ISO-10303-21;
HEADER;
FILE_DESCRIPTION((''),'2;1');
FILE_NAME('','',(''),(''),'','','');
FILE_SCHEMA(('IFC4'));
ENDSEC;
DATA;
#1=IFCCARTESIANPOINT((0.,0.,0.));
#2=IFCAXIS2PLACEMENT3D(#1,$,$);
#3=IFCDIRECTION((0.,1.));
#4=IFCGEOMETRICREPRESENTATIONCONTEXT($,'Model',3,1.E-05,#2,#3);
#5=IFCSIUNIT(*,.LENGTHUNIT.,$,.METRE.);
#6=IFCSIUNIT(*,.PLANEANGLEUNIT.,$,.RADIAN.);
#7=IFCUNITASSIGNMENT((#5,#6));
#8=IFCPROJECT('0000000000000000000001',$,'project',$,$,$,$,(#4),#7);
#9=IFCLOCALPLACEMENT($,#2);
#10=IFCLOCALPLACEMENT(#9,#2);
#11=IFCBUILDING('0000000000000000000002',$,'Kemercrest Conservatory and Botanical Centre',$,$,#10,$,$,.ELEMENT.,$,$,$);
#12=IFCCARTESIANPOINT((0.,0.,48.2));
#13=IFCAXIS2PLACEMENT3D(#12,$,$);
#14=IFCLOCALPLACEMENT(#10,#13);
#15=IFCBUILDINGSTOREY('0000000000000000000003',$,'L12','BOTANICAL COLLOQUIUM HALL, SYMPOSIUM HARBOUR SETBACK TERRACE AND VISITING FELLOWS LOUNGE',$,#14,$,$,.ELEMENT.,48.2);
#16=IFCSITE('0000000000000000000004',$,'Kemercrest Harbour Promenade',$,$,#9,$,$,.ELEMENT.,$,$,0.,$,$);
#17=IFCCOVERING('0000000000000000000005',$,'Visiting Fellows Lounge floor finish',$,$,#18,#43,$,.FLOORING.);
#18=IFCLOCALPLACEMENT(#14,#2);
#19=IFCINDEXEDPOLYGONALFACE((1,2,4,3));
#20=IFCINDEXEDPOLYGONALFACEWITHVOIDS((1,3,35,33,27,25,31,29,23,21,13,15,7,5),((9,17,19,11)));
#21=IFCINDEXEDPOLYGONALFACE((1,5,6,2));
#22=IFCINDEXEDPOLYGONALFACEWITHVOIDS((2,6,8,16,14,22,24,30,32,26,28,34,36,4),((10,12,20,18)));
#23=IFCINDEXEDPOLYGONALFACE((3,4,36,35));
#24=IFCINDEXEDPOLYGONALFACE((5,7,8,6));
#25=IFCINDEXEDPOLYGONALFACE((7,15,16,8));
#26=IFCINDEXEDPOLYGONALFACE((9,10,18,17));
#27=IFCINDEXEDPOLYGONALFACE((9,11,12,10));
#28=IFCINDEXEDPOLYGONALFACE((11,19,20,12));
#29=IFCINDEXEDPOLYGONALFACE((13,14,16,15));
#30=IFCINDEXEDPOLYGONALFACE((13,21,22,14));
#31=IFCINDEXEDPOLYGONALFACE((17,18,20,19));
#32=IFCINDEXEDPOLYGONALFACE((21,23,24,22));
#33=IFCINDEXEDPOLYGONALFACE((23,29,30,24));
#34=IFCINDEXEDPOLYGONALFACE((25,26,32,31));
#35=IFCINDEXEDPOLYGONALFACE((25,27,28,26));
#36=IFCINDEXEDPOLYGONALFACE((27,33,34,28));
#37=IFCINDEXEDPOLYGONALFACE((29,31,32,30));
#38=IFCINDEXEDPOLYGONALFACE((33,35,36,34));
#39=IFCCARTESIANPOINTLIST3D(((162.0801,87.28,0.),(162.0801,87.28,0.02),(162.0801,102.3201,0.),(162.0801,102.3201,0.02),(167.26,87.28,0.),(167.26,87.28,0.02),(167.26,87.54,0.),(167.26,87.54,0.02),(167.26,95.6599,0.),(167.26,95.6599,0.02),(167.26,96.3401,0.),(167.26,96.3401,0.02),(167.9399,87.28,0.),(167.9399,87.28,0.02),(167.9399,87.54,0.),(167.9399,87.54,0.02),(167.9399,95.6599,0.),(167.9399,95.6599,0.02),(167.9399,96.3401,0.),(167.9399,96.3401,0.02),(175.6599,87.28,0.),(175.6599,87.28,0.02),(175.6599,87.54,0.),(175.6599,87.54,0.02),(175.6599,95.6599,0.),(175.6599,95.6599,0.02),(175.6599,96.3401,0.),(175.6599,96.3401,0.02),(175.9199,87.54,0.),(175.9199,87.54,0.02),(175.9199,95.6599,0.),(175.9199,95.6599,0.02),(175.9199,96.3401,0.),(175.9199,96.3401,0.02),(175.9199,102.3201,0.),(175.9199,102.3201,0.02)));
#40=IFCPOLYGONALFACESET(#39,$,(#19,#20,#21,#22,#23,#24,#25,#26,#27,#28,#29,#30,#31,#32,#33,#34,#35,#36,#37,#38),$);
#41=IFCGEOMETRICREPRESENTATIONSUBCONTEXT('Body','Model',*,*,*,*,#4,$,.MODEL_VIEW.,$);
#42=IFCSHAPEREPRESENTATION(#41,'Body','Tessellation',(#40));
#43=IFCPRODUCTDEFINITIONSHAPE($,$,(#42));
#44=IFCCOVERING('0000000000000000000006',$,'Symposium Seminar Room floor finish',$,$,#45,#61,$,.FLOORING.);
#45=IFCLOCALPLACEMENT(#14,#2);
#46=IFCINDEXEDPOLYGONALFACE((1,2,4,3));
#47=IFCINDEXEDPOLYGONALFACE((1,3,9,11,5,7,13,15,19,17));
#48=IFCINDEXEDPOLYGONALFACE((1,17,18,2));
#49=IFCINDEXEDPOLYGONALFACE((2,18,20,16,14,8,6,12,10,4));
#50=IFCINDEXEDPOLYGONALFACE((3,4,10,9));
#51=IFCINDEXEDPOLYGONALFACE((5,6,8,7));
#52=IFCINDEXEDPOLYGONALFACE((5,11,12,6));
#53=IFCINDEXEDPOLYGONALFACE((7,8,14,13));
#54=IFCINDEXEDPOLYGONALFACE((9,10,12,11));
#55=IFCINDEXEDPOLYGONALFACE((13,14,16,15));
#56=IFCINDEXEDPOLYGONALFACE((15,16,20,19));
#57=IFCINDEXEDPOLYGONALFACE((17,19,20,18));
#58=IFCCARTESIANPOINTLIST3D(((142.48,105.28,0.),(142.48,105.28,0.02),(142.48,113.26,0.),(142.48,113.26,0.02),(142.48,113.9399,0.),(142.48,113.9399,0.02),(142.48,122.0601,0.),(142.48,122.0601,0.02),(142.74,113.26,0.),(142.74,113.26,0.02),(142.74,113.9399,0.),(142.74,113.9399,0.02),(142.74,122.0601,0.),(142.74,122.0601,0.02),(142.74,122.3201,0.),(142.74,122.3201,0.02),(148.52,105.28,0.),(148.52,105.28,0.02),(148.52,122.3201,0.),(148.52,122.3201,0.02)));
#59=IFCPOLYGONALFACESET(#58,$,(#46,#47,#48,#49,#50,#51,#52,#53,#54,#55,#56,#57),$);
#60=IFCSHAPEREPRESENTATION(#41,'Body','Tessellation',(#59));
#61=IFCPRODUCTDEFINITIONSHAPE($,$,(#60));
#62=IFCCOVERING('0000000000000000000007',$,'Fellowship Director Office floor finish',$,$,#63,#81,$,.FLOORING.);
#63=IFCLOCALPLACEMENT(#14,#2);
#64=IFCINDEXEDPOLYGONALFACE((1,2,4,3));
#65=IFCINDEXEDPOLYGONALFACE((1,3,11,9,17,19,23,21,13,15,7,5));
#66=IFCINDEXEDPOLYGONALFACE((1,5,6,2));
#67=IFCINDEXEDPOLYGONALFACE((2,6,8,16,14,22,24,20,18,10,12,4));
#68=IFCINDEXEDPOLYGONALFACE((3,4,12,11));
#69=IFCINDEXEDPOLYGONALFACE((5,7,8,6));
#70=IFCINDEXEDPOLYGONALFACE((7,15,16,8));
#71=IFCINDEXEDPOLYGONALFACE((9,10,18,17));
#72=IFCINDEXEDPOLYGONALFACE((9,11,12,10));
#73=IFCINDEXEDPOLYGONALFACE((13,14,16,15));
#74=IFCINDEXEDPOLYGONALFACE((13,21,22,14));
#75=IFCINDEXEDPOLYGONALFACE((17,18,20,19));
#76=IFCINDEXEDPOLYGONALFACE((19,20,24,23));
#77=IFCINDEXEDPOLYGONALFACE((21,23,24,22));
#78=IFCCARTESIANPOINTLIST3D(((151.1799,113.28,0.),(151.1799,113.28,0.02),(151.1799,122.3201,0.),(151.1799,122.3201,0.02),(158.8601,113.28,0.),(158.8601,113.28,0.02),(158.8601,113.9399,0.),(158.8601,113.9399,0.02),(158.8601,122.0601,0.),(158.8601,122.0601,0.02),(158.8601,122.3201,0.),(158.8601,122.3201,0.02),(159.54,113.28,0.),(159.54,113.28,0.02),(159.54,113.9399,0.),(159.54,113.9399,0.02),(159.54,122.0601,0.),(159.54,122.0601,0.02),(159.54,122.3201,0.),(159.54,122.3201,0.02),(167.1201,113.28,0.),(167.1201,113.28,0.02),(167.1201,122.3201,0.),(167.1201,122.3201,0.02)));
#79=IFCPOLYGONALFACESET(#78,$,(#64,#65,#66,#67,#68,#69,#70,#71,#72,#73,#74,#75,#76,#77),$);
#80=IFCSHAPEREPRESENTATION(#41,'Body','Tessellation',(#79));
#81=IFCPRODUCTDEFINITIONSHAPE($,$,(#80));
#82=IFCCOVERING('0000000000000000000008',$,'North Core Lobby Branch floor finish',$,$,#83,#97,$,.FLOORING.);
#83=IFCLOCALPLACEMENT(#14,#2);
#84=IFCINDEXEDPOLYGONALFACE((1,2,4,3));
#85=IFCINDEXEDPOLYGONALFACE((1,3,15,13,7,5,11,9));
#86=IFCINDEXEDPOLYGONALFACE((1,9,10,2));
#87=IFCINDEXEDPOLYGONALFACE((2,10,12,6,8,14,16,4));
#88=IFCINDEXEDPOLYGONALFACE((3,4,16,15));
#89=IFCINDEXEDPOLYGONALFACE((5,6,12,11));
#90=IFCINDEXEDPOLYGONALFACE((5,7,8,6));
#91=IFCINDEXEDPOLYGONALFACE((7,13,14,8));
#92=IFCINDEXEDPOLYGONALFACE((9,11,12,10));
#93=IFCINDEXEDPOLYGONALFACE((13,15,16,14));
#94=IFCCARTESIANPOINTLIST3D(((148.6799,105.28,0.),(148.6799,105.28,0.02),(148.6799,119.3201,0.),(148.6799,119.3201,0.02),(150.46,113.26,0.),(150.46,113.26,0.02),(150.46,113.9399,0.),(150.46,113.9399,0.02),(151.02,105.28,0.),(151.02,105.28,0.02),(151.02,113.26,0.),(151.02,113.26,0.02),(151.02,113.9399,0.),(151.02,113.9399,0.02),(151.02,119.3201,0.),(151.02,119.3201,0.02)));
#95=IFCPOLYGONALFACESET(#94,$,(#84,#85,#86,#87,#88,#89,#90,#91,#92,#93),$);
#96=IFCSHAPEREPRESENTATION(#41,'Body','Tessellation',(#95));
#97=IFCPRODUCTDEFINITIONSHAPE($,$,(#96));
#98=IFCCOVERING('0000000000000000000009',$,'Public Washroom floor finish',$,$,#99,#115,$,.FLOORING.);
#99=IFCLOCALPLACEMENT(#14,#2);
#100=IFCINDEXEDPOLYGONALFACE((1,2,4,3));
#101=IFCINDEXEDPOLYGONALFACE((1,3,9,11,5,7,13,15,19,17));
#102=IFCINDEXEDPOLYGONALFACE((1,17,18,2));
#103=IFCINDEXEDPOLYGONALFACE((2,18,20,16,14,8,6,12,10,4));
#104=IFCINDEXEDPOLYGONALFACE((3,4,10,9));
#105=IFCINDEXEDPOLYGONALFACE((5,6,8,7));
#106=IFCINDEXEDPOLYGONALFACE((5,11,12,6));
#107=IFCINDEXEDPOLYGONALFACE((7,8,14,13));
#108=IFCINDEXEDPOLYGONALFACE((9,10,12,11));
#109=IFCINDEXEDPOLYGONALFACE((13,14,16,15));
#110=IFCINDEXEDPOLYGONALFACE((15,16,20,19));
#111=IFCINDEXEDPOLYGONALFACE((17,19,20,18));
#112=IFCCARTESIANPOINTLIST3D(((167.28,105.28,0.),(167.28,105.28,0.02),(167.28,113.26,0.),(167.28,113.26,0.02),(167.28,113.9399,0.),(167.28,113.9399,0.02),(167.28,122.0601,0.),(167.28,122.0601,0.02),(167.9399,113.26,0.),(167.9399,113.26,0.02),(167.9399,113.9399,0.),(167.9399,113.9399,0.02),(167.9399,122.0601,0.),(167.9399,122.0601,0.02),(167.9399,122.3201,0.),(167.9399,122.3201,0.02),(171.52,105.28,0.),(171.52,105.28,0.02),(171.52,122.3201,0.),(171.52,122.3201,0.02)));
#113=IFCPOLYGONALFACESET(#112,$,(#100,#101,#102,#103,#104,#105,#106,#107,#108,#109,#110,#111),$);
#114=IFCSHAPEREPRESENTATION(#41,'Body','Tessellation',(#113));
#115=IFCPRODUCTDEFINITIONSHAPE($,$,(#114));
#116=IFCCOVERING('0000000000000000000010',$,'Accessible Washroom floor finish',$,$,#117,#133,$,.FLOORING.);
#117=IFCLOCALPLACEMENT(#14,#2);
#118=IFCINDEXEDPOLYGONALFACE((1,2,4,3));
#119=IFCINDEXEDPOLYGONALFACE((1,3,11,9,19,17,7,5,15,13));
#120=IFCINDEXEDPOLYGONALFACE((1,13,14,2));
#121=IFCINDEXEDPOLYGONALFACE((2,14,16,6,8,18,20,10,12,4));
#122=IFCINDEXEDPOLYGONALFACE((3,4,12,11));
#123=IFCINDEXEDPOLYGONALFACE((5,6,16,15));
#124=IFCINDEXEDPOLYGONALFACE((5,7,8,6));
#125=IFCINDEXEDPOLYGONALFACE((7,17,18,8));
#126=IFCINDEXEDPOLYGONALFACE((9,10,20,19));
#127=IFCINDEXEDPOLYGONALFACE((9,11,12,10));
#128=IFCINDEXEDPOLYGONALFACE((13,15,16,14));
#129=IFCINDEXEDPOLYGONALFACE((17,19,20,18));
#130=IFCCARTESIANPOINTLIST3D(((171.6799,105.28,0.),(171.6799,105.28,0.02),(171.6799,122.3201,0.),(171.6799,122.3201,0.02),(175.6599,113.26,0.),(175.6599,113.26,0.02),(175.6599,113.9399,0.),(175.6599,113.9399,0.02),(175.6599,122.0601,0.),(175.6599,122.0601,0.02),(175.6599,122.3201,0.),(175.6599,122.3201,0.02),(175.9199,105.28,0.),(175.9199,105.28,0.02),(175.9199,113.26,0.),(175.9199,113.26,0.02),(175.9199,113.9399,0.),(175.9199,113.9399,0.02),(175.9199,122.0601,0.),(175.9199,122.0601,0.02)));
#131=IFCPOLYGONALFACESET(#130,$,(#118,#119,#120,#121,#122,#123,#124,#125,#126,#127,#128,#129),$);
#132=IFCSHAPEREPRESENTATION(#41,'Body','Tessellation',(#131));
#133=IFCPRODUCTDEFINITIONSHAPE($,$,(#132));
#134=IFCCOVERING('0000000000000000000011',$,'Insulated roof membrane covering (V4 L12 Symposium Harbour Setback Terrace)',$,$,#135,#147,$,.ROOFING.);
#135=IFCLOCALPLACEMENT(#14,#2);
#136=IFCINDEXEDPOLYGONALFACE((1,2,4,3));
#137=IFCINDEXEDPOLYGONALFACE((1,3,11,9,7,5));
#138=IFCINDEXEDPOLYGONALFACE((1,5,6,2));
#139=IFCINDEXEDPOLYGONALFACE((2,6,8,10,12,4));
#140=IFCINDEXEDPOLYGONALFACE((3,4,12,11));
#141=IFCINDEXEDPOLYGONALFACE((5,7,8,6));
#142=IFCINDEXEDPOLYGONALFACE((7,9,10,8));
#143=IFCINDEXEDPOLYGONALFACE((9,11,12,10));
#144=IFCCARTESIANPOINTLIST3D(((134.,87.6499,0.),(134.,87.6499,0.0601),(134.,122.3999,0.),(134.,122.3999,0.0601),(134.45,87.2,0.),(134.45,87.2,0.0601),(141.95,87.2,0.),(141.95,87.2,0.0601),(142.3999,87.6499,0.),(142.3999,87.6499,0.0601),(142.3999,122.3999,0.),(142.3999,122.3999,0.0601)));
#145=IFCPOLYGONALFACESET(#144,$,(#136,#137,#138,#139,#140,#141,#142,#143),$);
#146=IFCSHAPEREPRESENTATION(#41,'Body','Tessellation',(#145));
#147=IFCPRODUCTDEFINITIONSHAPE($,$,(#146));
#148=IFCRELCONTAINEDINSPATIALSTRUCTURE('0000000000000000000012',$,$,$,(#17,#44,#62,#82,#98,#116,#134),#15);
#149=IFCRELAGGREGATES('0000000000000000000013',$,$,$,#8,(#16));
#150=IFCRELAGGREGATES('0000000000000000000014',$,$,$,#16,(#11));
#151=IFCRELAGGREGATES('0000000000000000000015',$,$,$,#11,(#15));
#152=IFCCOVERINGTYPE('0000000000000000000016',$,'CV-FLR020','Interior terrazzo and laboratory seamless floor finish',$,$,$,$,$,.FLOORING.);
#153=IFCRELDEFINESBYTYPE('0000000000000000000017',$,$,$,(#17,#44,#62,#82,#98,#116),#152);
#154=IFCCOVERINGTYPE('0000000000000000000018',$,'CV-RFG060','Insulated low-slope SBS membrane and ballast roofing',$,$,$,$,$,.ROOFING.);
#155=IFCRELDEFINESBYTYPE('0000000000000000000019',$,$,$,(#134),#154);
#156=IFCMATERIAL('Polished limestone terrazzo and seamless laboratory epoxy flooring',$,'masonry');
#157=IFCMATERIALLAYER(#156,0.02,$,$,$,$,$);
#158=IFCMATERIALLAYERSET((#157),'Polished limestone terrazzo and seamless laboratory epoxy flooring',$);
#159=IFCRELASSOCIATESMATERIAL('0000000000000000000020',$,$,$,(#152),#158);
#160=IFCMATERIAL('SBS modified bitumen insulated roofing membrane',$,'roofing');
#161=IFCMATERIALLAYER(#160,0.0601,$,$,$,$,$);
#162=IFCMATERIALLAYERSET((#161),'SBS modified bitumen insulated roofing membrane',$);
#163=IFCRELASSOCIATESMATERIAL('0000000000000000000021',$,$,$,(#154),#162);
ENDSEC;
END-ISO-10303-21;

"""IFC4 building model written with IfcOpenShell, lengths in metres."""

from ifc_helpers import new_model, si_unit, direction, frame, origin, place, context, subcontext, project, spatial, polyline, outline, extrude, material, layer, layer_set, type_object, element, save


model = new_model("IFC4")

# Units and contexts
model_context = context("Model", 3, precision=1e-05, world=origin(), true_north=direction((0.0, 1.0)))
body_context = subcontext(model_context, "Body", "Model", "MODEL_VIEW")
ifc_project = project(units=[si_unit("LENGTHUNIT", "METRE"), si_unit("PLANEANGLEUNIT", "RADIAN")], contexts=[model_context])

# Site, building, storey
site_placement = place(None, origin())
site = spatial("IfcSite", under=ifc_project, at=site_placement, Name="Kemercrest Harbour Promenade", CompositionType="ELEMENT", RefElevation=0.0)
building_placement = place(site_placement, origin())
building = spatial("IfcBuilding", under=site, at=building_placement, Name="Kemercrest Conservatory and Botanical Centre", CompositionType="ELEMENT")
storey_placement = place(building_placement, frame((0.0, 0.0, 48.2)))
storey = spatial("IfcBuildingStorey", under=building, at=storey_placement, Name="L12", Description="BOTANICAL COLLOQUIUM HALL, SYMPOSIUM HARBOUR SETBACK TERRACE AND VISITING FELLOWS LOUNGE", CompositionType="ELEMENT", Elevation=48.2)

# Coverings
ifc_material_1 = material(Name="Polished limestone terrazzo and seamless laboratory epoxy flooring", Category="masonry")
ifc_layer_1 = layer(ifc_material_1, 0.02)
ifc_layer_set_1 = layer_set([ifc_layer_1], Name="Polished limestone terrazzo and seamless laboratory epoxy flooring")
covering_type_1 = type_object("IfcCoveringType", Name="CV-FLR020", Description="Interior terrazzo and laboratory seamless floor finish", PredefinedType="FLOORING", material=ifc_layer_set_1)
covering_1_placement = place(storey_placement, origin())
element("IfcCovering", 1, at=covering_1_placement, inside=storey, type_object=covering_type_1, Name="Visiting Fellows Lounge floor finish", PredefinedType="FLOORING", context=body_context, shape_type="SweptSolid", body=[
    extrude(outline(polyline([(167.26, 87.54), (167.9399, 87.54), (167.9399, 87.28), (175.6599, 87.28), (175.6599, 87.54), (175.9199, 87.54), (175.9199, 95.6599), (175.6599, 95.6599), (175.6599, 96.3401), (175.9199, 96.3401), (175.9199, 102.3201), (162.0801, 102.3201), (162.0801, 87.28), (167.26, 87.28), (167.26, 87.54)]), holes=[polyline([(167.26, 96.3401), (167.9399, 96.3401), (167.9399, 95.6599), (167.26, 95.6599), (167.26, 96.3401)])]), origin(), (0.0, 0.0, 1.0), 0.02),
])
covering_2_placement = place(storey_placement, origin())
element("IfcCovering", 2, at=covering_2_placement, inside=storey, type_object=covering_type_1, Name="Symposium Seminar Room floor finish", PredefinedType="FLOORING", context=body_context, shape_type="SweptSolid", body=[
    extrude(outline(polyline([(142.48, 105.28), (148.52, 105.28), (148.52, 122.3201), (142.74, 122.3201), (142.74, 122.0601), (142.48, 122.0601), (142.48, 113.9399), (142.74, 113.9399), (142.74, 113.26), (142.48, 113.26), (142.48, 105.28)])), origin(), (0.0, 0.0, 1.0), 0.02),
])
covering_3_placement = place(storey_placement, origin())
element("IfcCovering", 3, at=covering_3_placement, inside=storey, type_object=covering_type_1, Name="Fellowship Director Office floor finish", PredefinedType="FLOORING", context=body_context, shape_type="SweptSolid", body=[
    extrude(outline(polyline([(159.54, 113.28), (167.1201, 113.28), (167.1201, 122.3201), (159.54, 122.3201), (159.54, 122.0601), (158.8601, 122.0601), (158.8601, 122.3201), (151.1799, 122.3201), (151.1799, 113.28), (158.8601, 113.28), (158.8601, 113.9399), (159.54, 113.9399), (159.54, 113.28)])), origin(), (0.0, 0.0, 1.0), 0.02),
])
covering_4_placement = place(storey_placement, origin())
element("IfcCovering", 4, at=covering_4_placement, inside=storey, type_object=covering_type_1, Name="North Core Lobby Branch floor finish", PredefinedType="FLOORING", context=body_context, shape_type="SweptSolid", body=[
    extrude(outline(polyline([(148.6799, 105.28), (151.02, 105.28), (151.02, 113.26), (150.46, 113.26), (150.46, 113.9399), (151.02, 113.9399), (151.02, 119.3201), (148.6799, 119.3201), (148.6799, 105.28)])), origin(), (0.0, 0.0, 1.0), 0.02),
])
covering_5_placement = place(storey_placement, origin())
element("IfcCovering", 5, at=covering_5_placement, inside=storey, type_object=covering_type_1, Name="Public Washroom floor finish", PredefinedType="FLOORING", context=body_context, shape_type="SweptSolid", body=[
    extrude(outline(polyline([(167.28, 105.28), (171.52, 105.28), (171.52, 122.3201), (167.9399, 122.3201), (167.9399, 122.0601), (167.28, 122.0601), (167.28, 113.9399), (167.9399, 113.9399), (167.9399, 113.26), (167.28, 113.26), (167.28, 105.28)])), origin(), (0.0, 0.0, 1.0), 0.02),
])
covering_6_placement = place(storey_placement, origin())
element("IfcCovering", 6, at=covering_6_placement, inside=storey, type_object=covering_type_1, Name="Accessible Washroom floor finish", PredefinedType="FLOORING", context=body_context, shape_type="SweptSolid", body=[
    extrude(outline(polyline([(171.6799, 105.28), (175.9199, 105.28), (175.9199, 113.26), (175.6599, 113.26), (175.6599, 113.9399), (175.9199, 113.9399), (175.9199, 122.0601), (175.6599, 122.0601), (175.6599, 122.3201), (171.6799, 122.3201), (171.6799, 105.28)])), origin(), (0.0, 0.0, 1.0), 0.02),
])
ifc_material_2 = material(Name="SBS modified bitumen insulated roofing membrane", Category="roofing")
ifc_layer_2 = layer(ifc_material_2, 0.0601)
ifc_layer_set_2 = layer_set([ifc_layer_2], Name="SBS modified bitumen insulated roofing membrane")
covering_type_2 = type_object("IfcCoveringType", Name="CV-RFG060", Description="Insulated low-slope SBS membrane and ballast roofing", PredefinedType="ROOFING", material=ifc_layer_set_2)
covering_7_placement = place(storey_placement, origin())
element("IfcCovering", 7, at=covering_7_placement, inside=storey, type_object=covering_type_2, Name="Insulated roof membrane covering (V4 L12 Symposium Harbour Setback Terrace)", PredefinedType="ROOFING", context=body_context, shape_type="SweptSolid", body=[
    extrude(outline(polyline([(134.45, 87.2), (141.95, 87.2), (142.3999, 87.6499), (142.3999, 122.3999), (134.0, 122.3999), (134.0, 87.6499), (134.45, 87.2)])), origin(), (0.0, 0.0, 1.0), 0.0601),
])

save(model, "model.ifc")
